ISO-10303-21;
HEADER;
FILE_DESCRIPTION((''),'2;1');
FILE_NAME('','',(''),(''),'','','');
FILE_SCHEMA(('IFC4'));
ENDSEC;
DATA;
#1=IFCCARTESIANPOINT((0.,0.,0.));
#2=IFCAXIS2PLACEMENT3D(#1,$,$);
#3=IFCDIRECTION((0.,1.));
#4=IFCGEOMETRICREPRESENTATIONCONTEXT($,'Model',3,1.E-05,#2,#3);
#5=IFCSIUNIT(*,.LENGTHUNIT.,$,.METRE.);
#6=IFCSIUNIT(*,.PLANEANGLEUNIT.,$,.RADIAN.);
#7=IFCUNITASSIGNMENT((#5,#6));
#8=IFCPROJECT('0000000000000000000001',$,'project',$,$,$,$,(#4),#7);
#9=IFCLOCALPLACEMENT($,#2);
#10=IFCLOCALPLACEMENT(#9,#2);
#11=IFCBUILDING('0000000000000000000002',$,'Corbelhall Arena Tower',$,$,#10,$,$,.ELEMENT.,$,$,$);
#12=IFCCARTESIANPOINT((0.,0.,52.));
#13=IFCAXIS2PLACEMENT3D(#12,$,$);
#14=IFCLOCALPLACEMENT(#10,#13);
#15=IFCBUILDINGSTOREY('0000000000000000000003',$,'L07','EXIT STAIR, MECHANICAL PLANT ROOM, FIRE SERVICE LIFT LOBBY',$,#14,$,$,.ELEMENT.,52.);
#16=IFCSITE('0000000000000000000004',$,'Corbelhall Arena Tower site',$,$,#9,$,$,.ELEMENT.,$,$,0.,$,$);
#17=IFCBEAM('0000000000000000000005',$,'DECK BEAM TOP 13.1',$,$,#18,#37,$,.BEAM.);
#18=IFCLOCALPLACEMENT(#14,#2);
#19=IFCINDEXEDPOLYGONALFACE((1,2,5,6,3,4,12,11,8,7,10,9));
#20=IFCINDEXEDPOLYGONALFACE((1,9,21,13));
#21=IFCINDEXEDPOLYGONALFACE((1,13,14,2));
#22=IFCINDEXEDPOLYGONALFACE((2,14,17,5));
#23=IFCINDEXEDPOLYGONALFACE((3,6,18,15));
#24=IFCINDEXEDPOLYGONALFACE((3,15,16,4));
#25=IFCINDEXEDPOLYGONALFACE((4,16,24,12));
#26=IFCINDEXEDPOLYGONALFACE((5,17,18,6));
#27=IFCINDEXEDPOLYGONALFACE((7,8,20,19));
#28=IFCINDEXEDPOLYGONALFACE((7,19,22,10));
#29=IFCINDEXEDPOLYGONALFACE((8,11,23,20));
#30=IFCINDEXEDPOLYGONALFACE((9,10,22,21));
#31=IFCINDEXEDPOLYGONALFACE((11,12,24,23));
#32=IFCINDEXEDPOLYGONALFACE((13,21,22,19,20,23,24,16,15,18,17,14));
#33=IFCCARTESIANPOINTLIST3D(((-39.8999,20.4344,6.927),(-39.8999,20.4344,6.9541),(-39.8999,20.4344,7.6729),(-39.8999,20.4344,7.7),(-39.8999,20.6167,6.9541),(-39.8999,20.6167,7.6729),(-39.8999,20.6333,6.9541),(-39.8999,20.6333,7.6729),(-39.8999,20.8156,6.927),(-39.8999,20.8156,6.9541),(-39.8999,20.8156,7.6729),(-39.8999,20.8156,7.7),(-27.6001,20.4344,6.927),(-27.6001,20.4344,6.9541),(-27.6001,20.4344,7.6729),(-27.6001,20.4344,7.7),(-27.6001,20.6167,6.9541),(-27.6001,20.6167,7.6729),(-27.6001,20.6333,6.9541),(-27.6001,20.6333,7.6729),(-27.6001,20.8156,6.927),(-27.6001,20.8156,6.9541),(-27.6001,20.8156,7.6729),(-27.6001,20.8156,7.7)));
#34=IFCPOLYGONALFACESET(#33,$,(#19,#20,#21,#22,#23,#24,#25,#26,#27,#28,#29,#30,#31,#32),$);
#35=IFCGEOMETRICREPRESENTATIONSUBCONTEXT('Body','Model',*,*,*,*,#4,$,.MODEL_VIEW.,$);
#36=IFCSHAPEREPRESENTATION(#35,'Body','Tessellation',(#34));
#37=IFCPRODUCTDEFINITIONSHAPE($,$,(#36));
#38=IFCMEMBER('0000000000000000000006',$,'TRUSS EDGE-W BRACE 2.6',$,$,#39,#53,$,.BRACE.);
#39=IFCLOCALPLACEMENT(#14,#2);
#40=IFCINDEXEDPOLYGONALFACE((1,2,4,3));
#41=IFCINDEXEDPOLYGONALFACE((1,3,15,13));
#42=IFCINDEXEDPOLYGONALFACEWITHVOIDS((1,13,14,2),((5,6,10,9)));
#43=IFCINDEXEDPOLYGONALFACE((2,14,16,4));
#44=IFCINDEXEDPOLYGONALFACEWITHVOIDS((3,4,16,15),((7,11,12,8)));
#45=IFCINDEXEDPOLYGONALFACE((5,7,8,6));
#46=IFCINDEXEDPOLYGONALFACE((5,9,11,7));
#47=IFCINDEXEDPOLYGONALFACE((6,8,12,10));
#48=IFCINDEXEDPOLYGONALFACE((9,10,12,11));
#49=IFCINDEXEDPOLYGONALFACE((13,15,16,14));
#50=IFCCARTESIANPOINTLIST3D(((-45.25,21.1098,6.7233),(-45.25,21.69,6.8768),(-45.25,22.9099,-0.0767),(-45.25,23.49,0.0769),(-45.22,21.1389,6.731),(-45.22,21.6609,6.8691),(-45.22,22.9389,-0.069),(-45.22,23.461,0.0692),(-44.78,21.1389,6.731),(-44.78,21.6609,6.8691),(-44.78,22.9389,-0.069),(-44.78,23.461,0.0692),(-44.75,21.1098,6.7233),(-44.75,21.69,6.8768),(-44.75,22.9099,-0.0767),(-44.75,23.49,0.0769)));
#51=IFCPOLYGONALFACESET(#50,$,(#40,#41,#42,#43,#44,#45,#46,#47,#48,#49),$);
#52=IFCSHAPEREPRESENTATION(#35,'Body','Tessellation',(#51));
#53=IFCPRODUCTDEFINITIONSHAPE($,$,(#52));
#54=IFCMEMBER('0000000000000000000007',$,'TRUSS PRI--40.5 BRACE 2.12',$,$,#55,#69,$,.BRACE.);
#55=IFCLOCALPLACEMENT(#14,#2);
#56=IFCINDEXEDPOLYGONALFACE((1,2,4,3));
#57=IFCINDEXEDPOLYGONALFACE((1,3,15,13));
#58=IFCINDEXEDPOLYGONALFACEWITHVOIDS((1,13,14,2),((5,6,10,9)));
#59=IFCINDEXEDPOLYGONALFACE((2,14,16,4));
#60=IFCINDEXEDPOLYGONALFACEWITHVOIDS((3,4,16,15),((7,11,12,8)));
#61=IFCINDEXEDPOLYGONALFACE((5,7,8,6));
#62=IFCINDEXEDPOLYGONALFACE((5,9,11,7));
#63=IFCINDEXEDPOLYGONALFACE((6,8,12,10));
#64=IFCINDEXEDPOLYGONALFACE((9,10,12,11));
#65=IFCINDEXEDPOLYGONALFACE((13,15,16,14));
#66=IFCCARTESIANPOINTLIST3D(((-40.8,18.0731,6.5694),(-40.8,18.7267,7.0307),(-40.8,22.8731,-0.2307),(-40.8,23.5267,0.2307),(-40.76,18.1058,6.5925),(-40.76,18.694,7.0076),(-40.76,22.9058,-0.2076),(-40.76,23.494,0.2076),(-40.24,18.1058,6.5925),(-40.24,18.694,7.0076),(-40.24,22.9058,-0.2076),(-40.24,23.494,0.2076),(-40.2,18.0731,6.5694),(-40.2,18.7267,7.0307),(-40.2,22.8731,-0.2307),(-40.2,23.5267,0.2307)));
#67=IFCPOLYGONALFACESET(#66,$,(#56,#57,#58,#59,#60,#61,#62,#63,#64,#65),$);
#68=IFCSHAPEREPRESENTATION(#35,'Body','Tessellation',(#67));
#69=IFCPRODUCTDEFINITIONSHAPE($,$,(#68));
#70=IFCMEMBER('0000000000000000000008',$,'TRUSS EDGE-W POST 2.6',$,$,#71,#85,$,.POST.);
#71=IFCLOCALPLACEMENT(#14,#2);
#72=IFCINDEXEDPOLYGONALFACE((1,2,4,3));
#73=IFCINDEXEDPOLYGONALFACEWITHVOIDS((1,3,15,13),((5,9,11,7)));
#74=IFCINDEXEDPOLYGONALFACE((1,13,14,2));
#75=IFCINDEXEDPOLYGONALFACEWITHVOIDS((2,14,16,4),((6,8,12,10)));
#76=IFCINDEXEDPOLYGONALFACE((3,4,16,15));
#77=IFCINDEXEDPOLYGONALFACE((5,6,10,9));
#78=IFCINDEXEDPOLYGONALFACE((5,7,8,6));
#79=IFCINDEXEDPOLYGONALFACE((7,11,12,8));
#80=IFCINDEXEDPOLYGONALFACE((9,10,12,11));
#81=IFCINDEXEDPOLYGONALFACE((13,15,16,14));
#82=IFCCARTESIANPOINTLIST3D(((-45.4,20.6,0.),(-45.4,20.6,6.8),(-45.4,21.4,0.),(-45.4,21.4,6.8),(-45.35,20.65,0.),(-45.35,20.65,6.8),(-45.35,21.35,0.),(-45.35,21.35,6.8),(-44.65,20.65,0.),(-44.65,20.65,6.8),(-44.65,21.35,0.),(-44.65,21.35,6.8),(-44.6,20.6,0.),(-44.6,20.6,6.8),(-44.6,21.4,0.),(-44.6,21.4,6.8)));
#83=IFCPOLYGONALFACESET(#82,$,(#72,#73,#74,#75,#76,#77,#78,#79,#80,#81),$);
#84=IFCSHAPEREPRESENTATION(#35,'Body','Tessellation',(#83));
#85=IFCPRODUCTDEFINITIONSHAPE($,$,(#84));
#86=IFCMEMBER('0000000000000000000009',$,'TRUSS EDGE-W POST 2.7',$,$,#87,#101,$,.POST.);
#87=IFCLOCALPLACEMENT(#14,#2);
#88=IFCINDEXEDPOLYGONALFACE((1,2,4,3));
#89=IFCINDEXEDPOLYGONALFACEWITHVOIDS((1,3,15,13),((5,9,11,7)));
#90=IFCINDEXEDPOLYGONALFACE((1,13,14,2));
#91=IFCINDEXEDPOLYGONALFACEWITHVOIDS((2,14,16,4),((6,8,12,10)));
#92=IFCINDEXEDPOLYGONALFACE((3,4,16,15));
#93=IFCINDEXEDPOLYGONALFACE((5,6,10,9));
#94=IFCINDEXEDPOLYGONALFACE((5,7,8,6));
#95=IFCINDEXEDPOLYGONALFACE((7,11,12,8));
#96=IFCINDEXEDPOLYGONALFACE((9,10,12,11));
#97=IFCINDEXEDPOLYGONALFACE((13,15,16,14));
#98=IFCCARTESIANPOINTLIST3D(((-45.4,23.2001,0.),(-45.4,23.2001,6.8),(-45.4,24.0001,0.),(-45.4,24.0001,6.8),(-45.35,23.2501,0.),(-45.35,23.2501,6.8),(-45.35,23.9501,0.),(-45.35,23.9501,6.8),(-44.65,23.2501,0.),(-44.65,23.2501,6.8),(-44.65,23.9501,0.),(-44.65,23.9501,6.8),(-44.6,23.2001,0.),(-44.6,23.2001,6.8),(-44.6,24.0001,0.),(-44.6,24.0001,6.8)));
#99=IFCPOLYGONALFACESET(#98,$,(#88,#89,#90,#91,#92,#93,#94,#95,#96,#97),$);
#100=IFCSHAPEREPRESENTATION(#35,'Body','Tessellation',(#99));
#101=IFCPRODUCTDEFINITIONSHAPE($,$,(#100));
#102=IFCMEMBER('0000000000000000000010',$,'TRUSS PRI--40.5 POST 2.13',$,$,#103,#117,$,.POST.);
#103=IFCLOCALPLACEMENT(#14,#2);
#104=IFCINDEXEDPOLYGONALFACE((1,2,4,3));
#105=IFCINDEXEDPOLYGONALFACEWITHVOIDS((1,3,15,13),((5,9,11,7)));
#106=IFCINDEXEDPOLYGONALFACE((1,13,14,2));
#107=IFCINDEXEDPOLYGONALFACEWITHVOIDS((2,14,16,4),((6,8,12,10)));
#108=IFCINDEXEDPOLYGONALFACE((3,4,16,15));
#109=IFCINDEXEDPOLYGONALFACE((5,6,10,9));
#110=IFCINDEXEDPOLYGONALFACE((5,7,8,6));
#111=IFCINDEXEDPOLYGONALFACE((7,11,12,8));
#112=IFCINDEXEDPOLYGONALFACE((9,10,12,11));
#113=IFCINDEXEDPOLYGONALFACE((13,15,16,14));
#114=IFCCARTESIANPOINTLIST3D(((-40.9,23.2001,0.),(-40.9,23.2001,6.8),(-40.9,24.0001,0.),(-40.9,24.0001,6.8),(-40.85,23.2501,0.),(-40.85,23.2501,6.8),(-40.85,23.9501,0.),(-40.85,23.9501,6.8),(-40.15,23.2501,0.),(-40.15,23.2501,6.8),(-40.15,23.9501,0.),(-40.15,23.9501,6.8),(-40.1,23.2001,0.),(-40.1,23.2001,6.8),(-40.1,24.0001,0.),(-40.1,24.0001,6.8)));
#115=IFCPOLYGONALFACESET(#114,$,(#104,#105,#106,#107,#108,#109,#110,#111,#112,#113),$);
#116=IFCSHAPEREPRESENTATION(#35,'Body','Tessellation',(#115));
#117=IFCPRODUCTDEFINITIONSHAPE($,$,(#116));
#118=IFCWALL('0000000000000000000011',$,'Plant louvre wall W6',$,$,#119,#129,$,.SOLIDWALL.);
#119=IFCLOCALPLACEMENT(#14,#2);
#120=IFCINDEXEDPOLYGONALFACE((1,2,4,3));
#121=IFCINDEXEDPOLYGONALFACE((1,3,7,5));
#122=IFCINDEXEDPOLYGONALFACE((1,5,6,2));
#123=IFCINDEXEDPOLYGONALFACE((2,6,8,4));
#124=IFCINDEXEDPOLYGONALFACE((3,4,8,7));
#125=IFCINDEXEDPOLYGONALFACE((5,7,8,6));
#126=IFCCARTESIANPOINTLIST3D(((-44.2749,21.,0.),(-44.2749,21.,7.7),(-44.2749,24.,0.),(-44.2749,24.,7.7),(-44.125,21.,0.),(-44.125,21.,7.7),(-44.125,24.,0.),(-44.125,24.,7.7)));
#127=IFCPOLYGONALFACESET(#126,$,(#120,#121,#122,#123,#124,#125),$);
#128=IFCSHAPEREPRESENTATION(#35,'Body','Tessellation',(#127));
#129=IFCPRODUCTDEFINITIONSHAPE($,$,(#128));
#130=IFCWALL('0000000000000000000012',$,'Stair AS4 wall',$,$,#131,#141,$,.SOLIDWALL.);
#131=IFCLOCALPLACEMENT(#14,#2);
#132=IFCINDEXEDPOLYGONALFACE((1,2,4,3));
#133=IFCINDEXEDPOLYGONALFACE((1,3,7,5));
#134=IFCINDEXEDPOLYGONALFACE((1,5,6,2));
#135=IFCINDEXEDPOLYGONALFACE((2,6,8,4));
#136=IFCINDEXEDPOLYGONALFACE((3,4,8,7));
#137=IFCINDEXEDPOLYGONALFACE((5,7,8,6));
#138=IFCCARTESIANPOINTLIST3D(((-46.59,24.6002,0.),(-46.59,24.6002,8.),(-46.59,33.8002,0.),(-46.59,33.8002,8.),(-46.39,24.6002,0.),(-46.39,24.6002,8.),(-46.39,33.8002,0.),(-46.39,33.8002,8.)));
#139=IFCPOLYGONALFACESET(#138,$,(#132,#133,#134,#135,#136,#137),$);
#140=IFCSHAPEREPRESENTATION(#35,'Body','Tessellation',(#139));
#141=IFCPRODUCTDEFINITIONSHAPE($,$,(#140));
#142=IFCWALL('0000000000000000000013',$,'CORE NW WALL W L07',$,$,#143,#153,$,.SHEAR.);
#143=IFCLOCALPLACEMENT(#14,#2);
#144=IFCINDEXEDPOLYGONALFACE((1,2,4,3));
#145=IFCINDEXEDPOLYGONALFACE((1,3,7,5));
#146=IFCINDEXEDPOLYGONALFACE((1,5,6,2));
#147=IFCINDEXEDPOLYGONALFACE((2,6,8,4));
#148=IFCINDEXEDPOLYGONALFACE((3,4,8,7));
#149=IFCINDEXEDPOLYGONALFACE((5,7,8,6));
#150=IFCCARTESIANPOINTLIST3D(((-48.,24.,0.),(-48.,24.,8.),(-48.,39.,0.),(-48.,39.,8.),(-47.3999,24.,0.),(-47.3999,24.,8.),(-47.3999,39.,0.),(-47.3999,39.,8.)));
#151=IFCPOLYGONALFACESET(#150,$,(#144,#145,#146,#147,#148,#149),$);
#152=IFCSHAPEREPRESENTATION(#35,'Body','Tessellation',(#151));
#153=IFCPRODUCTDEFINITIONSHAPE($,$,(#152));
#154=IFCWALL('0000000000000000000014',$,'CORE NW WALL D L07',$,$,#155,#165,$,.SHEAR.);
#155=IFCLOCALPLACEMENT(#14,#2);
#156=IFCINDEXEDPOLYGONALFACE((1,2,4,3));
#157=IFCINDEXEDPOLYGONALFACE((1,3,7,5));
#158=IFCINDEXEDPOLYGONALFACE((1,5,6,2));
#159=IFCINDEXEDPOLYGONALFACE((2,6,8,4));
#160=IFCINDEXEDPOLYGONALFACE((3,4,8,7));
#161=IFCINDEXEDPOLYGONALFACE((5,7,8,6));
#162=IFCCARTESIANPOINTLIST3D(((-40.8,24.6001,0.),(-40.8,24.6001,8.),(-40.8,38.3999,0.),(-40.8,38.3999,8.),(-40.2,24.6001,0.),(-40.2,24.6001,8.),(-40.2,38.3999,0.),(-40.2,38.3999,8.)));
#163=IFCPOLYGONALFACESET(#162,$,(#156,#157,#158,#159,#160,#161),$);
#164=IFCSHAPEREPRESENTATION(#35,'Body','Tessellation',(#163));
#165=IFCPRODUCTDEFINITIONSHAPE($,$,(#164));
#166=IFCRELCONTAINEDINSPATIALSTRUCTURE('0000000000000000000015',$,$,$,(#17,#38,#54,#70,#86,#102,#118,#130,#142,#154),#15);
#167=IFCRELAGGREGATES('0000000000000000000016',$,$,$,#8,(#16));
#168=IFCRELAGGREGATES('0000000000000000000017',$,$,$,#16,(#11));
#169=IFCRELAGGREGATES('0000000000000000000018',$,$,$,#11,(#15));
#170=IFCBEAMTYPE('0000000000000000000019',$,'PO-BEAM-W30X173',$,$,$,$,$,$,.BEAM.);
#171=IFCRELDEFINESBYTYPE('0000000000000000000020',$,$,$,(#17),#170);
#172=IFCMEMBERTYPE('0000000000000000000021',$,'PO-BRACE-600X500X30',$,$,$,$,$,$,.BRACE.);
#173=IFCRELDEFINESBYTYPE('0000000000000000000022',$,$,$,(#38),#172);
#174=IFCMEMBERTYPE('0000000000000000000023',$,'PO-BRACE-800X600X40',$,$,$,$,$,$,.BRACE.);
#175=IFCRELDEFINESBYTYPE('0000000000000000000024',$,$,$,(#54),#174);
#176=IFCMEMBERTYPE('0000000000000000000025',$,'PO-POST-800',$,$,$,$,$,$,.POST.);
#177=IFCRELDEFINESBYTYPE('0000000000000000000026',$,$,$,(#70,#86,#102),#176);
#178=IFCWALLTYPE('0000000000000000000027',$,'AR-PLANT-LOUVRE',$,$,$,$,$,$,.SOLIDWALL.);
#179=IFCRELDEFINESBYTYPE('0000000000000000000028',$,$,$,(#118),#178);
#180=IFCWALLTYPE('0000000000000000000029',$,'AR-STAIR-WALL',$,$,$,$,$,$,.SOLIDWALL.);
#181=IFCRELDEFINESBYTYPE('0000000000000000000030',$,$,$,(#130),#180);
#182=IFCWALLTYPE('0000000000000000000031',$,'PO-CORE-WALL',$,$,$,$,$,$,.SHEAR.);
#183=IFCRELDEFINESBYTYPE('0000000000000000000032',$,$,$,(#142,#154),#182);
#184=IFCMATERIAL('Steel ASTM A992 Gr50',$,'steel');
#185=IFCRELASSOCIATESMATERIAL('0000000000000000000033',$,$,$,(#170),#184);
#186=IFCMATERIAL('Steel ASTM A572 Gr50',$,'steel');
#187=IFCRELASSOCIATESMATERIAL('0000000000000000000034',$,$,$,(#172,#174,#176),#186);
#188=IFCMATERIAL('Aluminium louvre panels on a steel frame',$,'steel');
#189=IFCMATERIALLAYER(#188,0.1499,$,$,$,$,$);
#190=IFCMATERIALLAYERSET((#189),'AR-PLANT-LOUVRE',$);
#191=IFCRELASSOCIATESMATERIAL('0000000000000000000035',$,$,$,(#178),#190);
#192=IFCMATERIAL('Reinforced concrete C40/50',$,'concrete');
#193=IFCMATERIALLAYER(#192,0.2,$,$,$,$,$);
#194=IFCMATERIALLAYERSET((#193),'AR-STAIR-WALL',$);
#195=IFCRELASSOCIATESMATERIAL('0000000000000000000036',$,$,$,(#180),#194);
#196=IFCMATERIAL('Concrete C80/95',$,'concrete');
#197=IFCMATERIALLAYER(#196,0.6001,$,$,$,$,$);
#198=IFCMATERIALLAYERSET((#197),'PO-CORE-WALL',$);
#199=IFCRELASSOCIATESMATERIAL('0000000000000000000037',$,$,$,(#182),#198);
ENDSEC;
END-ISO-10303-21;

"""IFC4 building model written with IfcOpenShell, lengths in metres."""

from ifc_helpers import new_model, si_unit, direction, frame, frame_2d, origin, origin_2d, place, context, subcontext, project, spatial, rectangle, hollow_rectangle, i_section, extrude, material, layer, layer_set, material_profile, profile_set, type_object, element, save


model = new_model("IFC4")

# Units and contexts
model_context = context("Model", 3, precision=1e-05, world=origin(), true_north=direction((0.0, 1.0)))
body_context = subcontext(model_context, "Body", "Model", "MODEL_VIEW")
ifc_project = project(units=[si_unit("LENGTHUNIT", "METRE"), si_unit("PLANEANGLEUNIT", "RADIAN")], contexts=[model_context])

# Site, building, storey
site_placement = place(None, origin())
site = spatial("IfcSite", under=ifc_project, at=site_placement, Name="Corbelhall Arena Tower site", CompositionType="ELEMENT", RefElevation=0.0)
building_placement = place(site_placement, origin())
building = spatial("IfcBuilding", under=site, at=building_placement, Name="Corbelhall Arena Tower", CompositionType="ELEMENT")
storey_placement = place(building_placement, frame((0.0, 0.0, 52.0)))
storey = spatial("IfcBuildingStorey", under=building, at=storey_placement, Name="L07", Description="EXIT STAIR, MECHANICAL PLANT ROOM, FIRE SERVICE LIFT LOBBY", CompositionType="ELEMENT", Elevation=52.0)

# Beam
ifc_material_1 = material(Name="Steel ASTM A992 Gr50", Category="steel")
ifc_material_profile_1 = material_profile(ifc_material_1, i_section(OverallWidth=0.3811, OverallDepth=0.7729, WebThickness=0.0166, FlangeThickness=0.0271, at=origin_2d()))
ifc_profile_set_1 = profile_set([ifc_material_profile_1], Name="Steel ASTM A992 Gr50")
beam_type = type_object("IfcBeamType", Name="PO-BEAM-W30X173", PredefinedType="BEAM", material=ifc_profile_set_1)
beam_placement = place(storey_placement, frame((-39.8999, 20.625, 7.3135), z_axis=(1.0, 0.0, 0.0), x_axis=(0.0, 1.0, 0.0)))
element("IfcBeam", 1, at=beam_placement, inside=storey, type_object=beam_type, Name="DECK BEAM TOP 13.1", PredefinedType="BEAM", context=body_context, shape_type="SweptSolid", body=[
    extrude(i_section(OverallWidth=0.3811, OverallDepth=0.7729, WebThickness=0.0166, FlangeThickness=0.0271, at=origin_2d()), origin(), (0.0, 0.0, 1.0), 12.2998),
])

# Members
ifc_material_2 = material(Name="Steel ASTM A572 Gr50", Category="steel")
ifc_material_profile_2 = material_profile(ifc_material_2, hollow_rectangle(XDim=0.5, YDim=0.6001, WallThickness=0.03, at=origin_2d()))
ifc_profile_set_2 = profile_set([ifc_material_profile_2], Name="Steel ASTM A572 Gr50")
member_type_1 = type_object("IfcMemberType", Name="PO-BRACE-600X500X30", PredefinedType="BRACE", material=ifc_profile_set_2)
member_1_placement = place(storey_placement, frame((-45.0, 21.3999, 6.8), z_axis=(0.0, 0.255897, -0.966704), x_axis=(-1.0, 0.0, 0.0)))
element("IfcMember", 2, at=member_1_placement, inside=storey, type_object=member_type_1, Name="TRUSS EDGE-W BRACE 2.6", PredefinedType="BRACE", context=body_context, shape_type="SweptSolid", body=[
    extrude(hollow_rectangle(XDim=0.5, YDim=0.6001, WallThickness=0.03, at=origin_2d()), origin(), (0.0, 0.0, 1.0), 7.0342),
])
ifc_material_profile_3 = material_profile(ifc_material_2, hollow_rectangle(XDim=0.6001, YDim=0.8, WallThickness=0.04, at=origin_2d()))
ifc_profile_set_3 = profile_set([ifc_material_profile_3], Name="Steel ASTM A572 Gr50")
member_type_2 = type_object("IfcMemberType", Name="PO-BRACE-800X600X40", PredefinedType="BRACE", material=ifc_profile_set_3)
member_2_placement = place(storey_placement, frame((-40.5, 18.3999, 6.8), z_axis=(0.0, 0.576684, -0.816967), x_axis=(-1.0, 0.0, 0.0)))
element("IfcMember", 3, at=member_2_placement, inside=storey, type_object=member_type_2, Name="TRUSS PRI--40.5 BRACE 2.12", PredefinedType="BRACE", context=body_context, shape_type="SweptSolid", body=[
    extrude(hollow_rectangle(XDim=0.6001, YDim=0.8, WallThickness=0.04, at=origin_2d()), origin(), (0.0, 0.0, 1.0), 8.3235),
])
ifc_material_profile_4 = material_profile(ifc_material_2, hollow_rectangle(XDim=0.8, YDim=0.8, WallThickness=0.05, at=origin_2d()))
ifc_profile_set_4 = profile_set([ifc_material_profile_4], Name="Steel ASTM A572 Gr50")
member_type_3 = type_object("IfcMemberType", Name="PO-POST-800", PredefinedType="POST", material=ifc_profile_set_4)
for number, where, z_axis, x_axis, name in (
    (4, (-45.0, 21.0, 0.0), (0.0, 0.0, 1.0), (1.0, 0.0, 0.0), "TRUSS EDGE-W POST 2.6"),
    (5, (-45.0, 23.6001, 0.0), (0.0, 0.0, 1.0), (1.0, 0.0, 0.0), "TRUSS EDGE-W POST 2.7"),
    (6, (-40.5, 23.6001, 0.0), (0.0, 0.0, 1.0), (1.0, 0.0, 0.0), "TRUSS PRI--40.5 POST 2.13"),
):
    element("IfcMember", number, at=place(storey_placement, frame(where, z_axis=z_axis, x_axis=x_axis)), inside=storey, type_object=member_type_3, Name=name, PredefinedType="POST", context=body_context, shape_type="SweptSolid", body=[
        extrude(hollow_rectangle(XDim=0.8, YDim=0.8, WallThickness=0.05, at=origin_2d()), origin(), (0.0, 0.0, 1.0), 6.8),
    ])

# Walls
ifc_material_3 = material(Name="Aluminium louvre panels on a steel frame", Category="steel")
ifc_layer_1 = layer(ifc_material_3, 0.1499)
ifc_layer_set_1 = layer_set([ifc_layer_1], Name="AR-PLANT-LOUVRE")
wall_type_1 = type_object("IfcWallType", Name="AR-PLANT-LOUVRE", PredefinedType="SOLIDWALL", material=ifc_layer_set_1)
wall_1_placement = place(storey_placement, frame((-44.2, 21.0, 0.0), z_axis=(0.0, 0.0, 1.0), x_axis=(0.0, 1.0, 0.0)))
element("IfcWall", 7, at=wall_1_placement, inside=storey, type_object=wall_type_1, Name="Plant louvre wall W6", PredefinedType="SOLIDWALL", context=body_context, shape_type="SweptSolid", body=[
    extrude(rectangle(XDim=3.0, YDim=0.1499, at=frame_2d((1.5, 0.0))), origin(), (0.0, 0.0, 1.0), 7.7),
])
ifc_material_4 = material(Name="Reinforced concrete C40/50", Category="concrete")
ifc_layer_2 = layer(ifc_material_4, 0.2)
ifc_layer_set_2 = layer_set([ifc_layer_2], Name="AR-STAIR-WALL")
wall_type_2 = type_object("IfcWallType", Name="AR-STAIR-WALL", PredefinedType="SOLIDWALL", material=ifc_layer_set_2)
wall_2_placement = place(storey_placement, frame((-46.49, 24.6001, 0.0), z_axis=(0.0, 0.0, 1.0), x_axis=(0.0, 1.0, 0.0)))
element("IfcWall", 8, at=wall_2_placement, inside=storey, type_object=wall_type_2, Name="Stair AS4 wall", PredefinedType="SOLIDWALL", context=body_context, shape_type="SweptSolid", body=[
    extrude(rectangle(XDim=9.2, YDim=0.2, at=frame_2d((4.6001, 0.0))), origin(), (0.0, 0.0, 1.0), 8.0),
])

# Shared definitions
ifc_material_5 = material(Name="Concrete C80/95", Category="concrete")
ifc_layer_3 = layer(ifc_material_5, 0.6001)
ifc_layer_set_3 = layer_set([ifc_layer_3], Name="PO-CORE-WALL")
wall_type_3 = type_object("IfcWallType", Name="PO-CORE-WALL", PredefinedType="SHEAR", material=ifc_layer_set_3)

# Walls
wall_3_placement = place(storey_placement, frame((-47.7, 24.0, 0.0), z_axis=(0.0, 0.0, 1.0), x_axis=(0.0, 1.0, 0.0)))
element("IfcWall", 9, at=wall_3_placement, inside=storey, type_object=wall_type_3, Name="CORE NW WALL W L07", PredefinedType="SHEAR", context=body_context, shape_type="SweptSolid", body=[
    extrude(rectangle(XDim=15.0, YDim=0.6001, at=frame_2d((7.5, 0.0))), origin(), (0.0, 0.0, 1.0), 8.0),
])
wall_4_placement = place(storey_placement, frame((-40.5, 24.6001, 0.0), z_axis=(0.0, 0.0, 1.0), x_axis=(0.0, 1.0, 0.0)))
element("IfcWall", 10, at=wall_4_placement, inside=storey, type_object=wall_type_3, Name="CORE NW WALL D L07", PredefinedType="SHEAR", context=body_context, shape_type="SweptSolid", body=[
    extrude(rectangle(XDim=13.7998, YDim=0.6001, at=frame_2d((6.8999, 0.0))), origin(), (0.0, 0.0, 1.0), 8.0),
])

save(model, "model.ifc")
